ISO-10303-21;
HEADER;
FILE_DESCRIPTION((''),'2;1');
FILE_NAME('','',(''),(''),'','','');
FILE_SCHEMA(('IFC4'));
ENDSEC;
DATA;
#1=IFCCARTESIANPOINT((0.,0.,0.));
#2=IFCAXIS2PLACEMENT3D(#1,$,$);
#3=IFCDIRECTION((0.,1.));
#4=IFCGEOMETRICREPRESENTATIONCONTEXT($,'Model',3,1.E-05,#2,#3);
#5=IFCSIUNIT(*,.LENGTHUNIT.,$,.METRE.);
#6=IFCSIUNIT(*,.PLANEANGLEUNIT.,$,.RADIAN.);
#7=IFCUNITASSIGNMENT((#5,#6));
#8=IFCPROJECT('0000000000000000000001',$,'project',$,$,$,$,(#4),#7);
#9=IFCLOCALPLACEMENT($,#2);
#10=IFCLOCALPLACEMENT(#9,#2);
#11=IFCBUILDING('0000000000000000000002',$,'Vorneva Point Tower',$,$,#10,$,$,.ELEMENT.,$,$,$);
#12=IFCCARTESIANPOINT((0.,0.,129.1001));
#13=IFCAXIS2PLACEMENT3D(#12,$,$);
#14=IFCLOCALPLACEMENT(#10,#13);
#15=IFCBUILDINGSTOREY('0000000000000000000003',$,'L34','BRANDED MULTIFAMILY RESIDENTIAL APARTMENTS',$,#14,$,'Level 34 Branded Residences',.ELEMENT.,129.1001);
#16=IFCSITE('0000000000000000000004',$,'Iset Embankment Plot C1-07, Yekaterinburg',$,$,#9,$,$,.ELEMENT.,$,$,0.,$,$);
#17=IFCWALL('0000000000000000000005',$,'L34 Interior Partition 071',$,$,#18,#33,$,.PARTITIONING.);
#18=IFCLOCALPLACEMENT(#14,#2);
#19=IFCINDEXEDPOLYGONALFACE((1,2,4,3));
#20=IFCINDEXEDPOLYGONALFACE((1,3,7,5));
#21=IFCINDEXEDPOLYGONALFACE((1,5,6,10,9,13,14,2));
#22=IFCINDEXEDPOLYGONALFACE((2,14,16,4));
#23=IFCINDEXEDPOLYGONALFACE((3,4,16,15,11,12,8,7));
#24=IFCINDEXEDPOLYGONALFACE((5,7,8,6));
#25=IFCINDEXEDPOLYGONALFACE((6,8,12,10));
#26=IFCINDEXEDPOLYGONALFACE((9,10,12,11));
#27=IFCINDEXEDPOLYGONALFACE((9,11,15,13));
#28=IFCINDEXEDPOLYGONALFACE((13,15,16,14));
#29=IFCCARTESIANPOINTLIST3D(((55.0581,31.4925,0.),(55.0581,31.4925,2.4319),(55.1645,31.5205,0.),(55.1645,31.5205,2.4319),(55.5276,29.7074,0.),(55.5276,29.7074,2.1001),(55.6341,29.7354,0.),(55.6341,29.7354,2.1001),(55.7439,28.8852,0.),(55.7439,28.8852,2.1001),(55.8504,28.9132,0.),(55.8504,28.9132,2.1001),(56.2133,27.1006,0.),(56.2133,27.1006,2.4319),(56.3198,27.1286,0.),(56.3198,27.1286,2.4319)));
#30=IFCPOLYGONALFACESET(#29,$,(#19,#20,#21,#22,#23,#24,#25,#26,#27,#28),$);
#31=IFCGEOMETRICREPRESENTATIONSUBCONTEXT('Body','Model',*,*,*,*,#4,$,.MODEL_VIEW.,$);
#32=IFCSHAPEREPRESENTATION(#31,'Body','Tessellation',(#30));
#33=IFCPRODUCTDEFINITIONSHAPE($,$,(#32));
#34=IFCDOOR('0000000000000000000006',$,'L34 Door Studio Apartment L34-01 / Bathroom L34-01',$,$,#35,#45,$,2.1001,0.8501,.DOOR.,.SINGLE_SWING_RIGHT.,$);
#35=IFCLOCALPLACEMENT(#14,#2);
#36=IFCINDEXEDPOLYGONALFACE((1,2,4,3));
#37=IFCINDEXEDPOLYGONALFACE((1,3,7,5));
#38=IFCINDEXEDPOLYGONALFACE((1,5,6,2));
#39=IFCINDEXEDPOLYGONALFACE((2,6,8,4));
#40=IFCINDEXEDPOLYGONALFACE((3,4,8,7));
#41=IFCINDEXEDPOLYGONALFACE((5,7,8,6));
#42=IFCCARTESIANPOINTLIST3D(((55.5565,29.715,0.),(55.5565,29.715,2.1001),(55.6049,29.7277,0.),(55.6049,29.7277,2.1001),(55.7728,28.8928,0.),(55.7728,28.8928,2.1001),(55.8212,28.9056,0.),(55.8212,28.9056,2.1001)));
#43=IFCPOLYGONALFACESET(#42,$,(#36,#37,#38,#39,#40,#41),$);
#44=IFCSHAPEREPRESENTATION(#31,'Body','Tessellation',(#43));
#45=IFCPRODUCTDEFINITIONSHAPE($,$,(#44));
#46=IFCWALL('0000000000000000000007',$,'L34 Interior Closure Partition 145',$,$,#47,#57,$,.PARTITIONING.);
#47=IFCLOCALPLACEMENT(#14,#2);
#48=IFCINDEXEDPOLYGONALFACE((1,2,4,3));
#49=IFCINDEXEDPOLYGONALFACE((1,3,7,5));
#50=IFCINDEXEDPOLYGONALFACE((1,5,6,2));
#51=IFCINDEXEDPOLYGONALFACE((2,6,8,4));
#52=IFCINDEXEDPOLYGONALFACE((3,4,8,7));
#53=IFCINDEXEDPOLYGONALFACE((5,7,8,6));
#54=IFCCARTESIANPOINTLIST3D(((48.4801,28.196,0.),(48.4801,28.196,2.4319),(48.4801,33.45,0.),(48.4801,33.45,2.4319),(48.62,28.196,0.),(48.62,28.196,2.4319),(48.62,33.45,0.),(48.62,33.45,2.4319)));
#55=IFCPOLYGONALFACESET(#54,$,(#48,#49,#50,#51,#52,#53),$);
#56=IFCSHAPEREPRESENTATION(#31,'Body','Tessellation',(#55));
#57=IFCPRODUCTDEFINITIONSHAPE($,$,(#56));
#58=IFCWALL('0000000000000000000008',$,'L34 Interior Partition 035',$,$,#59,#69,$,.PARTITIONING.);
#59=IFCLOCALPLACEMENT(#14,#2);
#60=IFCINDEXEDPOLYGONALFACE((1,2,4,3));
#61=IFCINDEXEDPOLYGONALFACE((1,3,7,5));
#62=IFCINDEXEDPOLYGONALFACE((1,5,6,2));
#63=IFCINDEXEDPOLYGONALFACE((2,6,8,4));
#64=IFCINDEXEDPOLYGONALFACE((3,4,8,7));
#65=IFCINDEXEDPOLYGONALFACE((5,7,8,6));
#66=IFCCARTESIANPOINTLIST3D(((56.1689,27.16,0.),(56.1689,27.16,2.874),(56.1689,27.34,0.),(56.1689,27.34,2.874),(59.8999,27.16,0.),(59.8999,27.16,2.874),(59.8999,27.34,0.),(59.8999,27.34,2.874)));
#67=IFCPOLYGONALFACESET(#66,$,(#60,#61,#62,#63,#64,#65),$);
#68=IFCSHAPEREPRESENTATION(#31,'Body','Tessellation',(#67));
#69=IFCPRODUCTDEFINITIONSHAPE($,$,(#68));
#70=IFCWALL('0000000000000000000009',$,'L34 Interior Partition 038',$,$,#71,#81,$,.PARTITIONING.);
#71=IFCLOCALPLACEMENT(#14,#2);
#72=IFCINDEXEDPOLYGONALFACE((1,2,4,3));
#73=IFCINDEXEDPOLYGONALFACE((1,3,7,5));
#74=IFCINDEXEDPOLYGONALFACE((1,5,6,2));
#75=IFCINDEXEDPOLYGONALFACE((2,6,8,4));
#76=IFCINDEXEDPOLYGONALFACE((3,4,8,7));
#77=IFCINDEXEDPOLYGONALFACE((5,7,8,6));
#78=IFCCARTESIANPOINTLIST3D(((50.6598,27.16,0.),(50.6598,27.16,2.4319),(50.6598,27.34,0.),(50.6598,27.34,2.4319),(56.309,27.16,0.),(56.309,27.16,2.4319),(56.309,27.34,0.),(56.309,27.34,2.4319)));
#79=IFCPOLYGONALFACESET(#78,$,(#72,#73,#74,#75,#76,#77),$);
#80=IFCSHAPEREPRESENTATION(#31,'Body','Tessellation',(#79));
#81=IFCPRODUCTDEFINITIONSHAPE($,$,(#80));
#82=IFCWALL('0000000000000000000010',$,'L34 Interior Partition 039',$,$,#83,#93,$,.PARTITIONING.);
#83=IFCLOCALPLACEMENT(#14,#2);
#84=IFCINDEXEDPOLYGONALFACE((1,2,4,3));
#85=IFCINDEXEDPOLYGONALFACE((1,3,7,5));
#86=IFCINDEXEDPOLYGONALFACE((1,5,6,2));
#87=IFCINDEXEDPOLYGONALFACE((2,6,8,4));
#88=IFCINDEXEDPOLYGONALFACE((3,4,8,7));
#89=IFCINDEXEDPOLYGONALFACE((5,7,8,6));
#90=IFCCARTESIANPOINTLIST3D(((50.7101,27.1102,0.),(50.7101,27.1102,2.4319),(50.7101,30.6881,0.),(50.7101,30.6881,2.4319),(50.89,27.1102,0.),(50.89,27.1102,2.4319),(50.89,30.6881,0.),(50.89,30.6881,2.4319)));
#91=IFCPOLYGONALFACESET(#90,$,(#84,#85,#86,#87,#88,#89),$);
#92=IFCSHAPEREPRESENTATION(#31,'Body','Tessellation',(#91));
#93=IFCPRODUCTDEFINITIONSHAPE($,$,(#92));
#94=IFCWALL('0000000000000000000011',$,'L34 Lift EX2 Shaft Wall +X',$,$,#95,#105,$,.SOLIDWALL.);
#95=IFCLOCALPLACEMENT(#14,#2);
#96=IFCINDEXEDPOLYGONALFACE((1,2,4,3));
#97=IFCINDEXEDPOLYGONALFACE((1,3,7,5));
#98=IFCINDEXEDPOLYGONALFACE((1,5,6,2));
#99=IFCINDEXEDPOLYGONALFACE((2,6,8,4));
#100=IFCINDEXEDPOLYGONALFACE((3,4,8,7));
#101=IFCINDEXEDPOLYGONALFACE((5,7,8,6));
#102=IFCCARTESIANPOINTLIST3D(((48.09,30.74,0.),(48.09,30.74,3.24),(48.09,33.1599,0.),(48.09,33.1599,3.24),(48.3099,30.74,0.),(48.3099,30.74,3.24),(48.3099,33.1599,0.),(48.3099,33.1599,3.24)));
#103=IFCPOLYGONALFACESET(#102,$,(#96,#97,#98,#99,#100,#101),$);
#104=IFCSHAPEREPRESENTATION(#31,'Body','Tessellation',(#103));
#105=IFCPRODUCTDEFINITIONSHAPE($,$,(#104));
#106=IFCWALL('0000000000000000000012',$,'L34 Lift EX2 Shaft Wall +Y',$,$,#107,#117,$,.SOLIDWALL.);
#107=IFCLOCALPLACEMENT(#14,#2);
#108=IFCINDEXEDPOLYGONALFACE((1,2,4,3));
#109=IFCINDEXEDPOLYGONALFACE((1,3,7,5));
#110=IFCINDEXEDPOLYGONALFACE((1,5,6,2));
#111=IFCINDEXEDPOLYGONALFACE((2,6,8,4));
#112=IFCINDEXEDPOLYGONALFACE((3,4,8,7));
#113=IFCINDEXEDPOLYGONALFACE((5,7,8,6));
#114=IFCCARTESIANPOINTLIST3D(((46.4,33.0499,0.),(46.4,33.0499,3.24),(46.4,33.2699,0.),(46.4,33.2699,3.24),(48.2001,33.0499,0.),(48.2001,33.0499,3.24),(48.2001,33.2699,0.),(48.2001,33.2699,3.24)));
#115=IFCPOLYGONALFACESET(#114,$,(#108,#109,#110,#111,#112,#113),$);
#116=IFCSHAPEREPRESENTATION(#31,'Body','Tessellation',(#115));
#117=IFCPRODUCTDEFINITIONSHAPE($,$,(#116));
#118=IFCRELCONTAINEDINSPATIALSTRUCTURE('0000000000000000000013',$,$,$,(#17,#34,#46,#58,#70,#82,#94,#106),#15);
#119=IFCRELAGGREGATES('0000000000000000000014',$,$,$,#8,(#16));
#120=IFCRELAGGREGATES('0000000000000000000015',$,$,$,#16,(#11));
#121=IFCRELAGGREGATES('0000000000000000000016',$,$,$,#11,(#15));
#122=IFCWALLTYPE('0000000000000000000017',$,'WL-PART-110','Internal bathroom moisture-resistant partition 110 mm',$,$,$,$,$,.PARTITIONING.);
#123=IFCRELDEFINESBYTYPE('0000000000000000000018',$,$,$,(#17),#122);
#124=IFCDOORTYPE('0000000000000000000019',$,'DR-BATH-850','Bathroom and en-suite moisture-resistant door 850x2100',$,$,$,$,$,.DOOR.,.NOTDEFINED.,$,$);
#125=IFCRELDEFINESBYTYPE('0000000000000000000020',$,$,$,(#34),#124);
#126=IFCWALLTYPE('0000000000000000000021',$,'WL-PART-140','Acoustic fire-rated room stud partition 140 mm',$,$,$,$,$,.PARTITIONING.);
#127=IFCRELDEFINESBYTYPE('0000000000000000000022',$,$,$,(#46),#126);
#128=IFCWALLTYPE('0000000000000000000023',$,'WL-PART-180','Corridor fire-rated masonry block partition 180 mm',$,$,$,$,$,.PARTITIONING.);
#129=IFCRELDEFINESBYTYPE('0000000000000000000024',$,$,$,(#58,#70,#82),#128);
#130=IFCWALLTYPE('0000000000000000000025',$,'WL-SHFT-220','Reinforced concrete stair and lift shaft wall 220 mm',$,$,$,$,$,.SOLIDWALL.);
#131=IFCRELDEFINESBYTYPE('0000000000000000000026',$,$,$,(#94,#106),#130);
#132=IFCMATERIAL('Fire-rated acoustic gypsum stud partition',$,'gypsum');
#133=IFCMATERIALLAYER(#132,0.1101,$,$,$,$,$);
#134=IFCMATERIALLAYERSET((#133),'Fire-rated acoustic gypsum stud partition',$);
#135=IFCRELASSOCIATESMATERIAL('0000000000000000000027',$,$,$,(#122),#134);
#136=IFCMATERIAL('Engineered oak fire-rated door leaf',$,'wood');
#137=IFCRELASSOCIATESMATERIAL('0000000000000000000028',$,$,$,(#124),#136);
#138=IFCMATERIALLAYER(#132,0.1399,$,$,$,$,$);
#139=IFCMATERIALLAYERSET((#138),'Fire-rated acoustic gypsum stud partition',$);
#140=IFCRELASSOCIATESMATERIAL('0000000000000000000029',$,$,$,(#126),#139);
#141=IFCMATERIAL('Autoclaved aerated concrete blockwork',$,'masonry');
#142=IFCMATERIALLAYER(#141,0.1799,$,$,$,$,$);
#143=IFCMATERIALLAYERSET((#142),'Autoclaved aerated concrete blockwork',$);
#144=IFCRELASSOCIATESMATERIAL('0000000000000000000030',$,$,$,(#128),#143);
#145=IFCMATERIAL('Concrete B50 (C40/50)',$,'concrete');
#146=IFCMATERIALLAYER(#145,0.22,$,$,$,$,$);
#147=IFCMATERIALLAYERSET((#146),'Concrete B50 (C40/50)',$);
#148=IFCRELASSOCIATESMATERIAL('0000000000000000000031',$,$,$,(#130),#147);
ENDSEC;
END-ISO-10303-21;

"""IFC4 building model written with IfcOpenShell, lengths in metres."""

from ifc_helpers import new_model, si_unit, direction, frame, frame_2d, origin, place, context, subcontext, project, spatial, rectangle, extrude, material, layer, layer_set, type_object, element, fill, save


model = new_model("IFC4")

# Units and contexts
model_context = context("Model", 3, precision=1e-05, world=origin(), true_north=direction((0.0, 1.0)))
body_context = subcontext(model_context, "Body", "Model", "MODEL_VIEW")
ifc_project = project(units=[si_unit("LENGTHUNIT", "METRE"), si_unit("PLANEANGLEUNIT", "RADIAN")], contexts=[model_context])

# Site, building, storey
site_placement = place(None, origin())
site = spatial("IfcSite", under=ifc_project, at=site_placement, Name="Iset Embankment Plot C1-07, Yekaterinburg", CompositionType="ELEMENT", RefElevation=0.0)
building_placement = place(site_placement, origin())
building = spatial("IfcBuilding", under=site, at=building_placement, Name="Vorneva Point Tower", CompositionType="ELEMENT")
storey_placement = place(building_placement, frame((0.0, 0.0, 129.1001)))
storey = spatial("IfcBuildingStorey", under=building, at=storey_placement, Name="L34", Description="BRANDED MULTIFAMILY RESIDENTIAL APARTMENTS", LongName="Level 34 Branded Residences", CompositionType="ELEMENT", Elevation=129.1001)

# Shared definitions
ifc_material_1 = material(Name="Fire-rated acoustic gypsum stud partition", Category="gypsum")
ifc_layer_1 = layer(ifc_material_1, 0.1101)
ifc_layer_set_1 = layer_set([ifc_layer_1], Name="Fire-rated acoustic gypsum stud partition")
wall_type_1 = type_object("IfcWallType", Name="WL-PART-110", Description="Internal bathroom moisture-resistant partition 110 mm", PredefinedType="PARTITIONING", material=ifc_layer_set_1)

# Wall, opening, door
wall_1_placement = place(storey_placement, frame((55.1113, 31.5063, 0.0), z_axis=(0.0, 0.0, 1.0), x_axis=(0.254395, -0.9671, 0.0)))
wall_1 = element("IfcWall", 1, at=wall_1_placement, inside=storey, type_object=wall_type_1, Name="L34 Interior Partition 071", PredefinedType="PARTITIONING", context=body_context, shape_type="SweptSolid", body=[
    extrude(rectangle(XDim=4.5413, YDim=0.1101, at=frame_2d((2.2705, 0.0))), origin(), (0.0, 0.0, 1.0), 2.4319),
])
opening_1_placement = place(wall_1_placement, frame((1.8457, 0.0, 0.0)))
opening_1 = element("IfcOpeningElement", 2, at=opening_1_placement, cuts=wall_1, PredefinedType="OPENING", context=body_context, shape_type="SweptSolid", body=[
    extrude(rectangle(XDim=0.8501, YDim=2.1001, at=frame_2d((0.425, 1.05))), frame((0.0, 0.0698, 0.0), z_axis=(0.0, -1.0, 0.0), x_axis=(1.0, 0.0, 0.0)), (0.0, 0.0, 1.0), 0.1399),
])
ifc_material_2 = material(Name="Engineered oak fire-rated door leaf", Category="wood")
door_type_1 = type_object("IfcDoorType", Name="DR-BATH-850", Description="Bathroom and en-suite moisture-resistant door 850x2100", OperationType="NOTDEFINED", PredefinedType="DOOR", material=ifc_material_2)
door_1_placement = place(opening_1_placement, origin())
door_1 = element("IfcDoor", 3, at=door_1_placement, inside=storey, type_object=door_type_1, Name="L34 Door Studio Apartment L34-01 / Bathroom L34-01", OperationType="SINGLE_SWING_RIGHT", OverallHeight=2.1001, OverallWidth=0.8501, PredefinedType="DOOR", context=body_context, shape_type="SweptSolid", body=[
    extrude(rectangle(XDim=0.8501, YDim=2.1001, at=frame_2d((0.425, 1.05))), frame((0.0, 0.0249, 0.0), z_axis=(0.0, -1.0, 0.0), x_axis=(1.0, 0.0, 0.0)), (0.0, 0.0, 1.0), 0.05),
])
fill(opening_1, door_1)

# Walls
ifc_layer_2 = layer(ifc_material_1, 0.1399)
ifc_layer_set_2 = layer_set([ifc_layer_2], Name="Fire-rated acoustic gypsum stud partition")
wall_type_2 = type_object("IfcWallType", Name="WL-PART-140", Description="Acoustic fire-rated room stud partition 140 mm", PredefinedType="PARTITIONING", material=ifc_layer_set_2)
wall_2_placement = place(storey_placement, frame((48.55, 28.196, 0.0), z_axis=(0.0, 0.0, 1.0), x_axis=(0.0, 1.0, 0.0)))
element("IfcWall", 4, at=wall_2_placement, inside=storey, type_object=wall_type_2, Name="L34 Interior Closure Partition 145", PredefinedType="PARTITIONING", context=body_context, shape_type="SweptSolid", body=[
    extrude(rectangle(XDim=5.2539, YDim=0.1399, at=frame_2d((2.627, 0.0))), origin(), (0.0, 0.0, 1.0), 2.4319),
])
ifc_material_3 = material(Name="Autoclaved aerated concrete blockwork", Category="masonry")
ifc_layer_3 = layer(ifc_material_3, 0.1799)
ifc_layer_set_3 = layer_set([ifc_layer_3], Name="Autoclaved aerated concrete blockwork")
wall_type_3 = type_object("IfcWallType", Name="WL-PART-180", Description="Corridor fire-rated masonry block partition 180 mm", PredefinedType="PARTITIONING", material=ifc_layer_set_3)
wall_3_placement = place(storey_placement, frame((59.8999, 27.25, 0.0), z_axis=(0.0, 0.0, 1.0), x_axis=(-1.0, 0.0, 0.0)))
element("IfcWall", 5, at=wall_3_placement, inside=storey, type_object=wall_type_3, Name="L34 Interior Partition 035", PredefinedType="PARTITIONING", context=body_context, shape_type="SweptSolid", body=[
    extrude(rectangle(XDim=3.731, YDim=0.1799, at=frame_2d((1.8655, 0.0))), origin(), (0.0, 0.0, 1.0), 2.874),
])

# Walls
wall_4_placement = place(storey_placement, frame((56.3091, 27.25, 0.0), z_axis=(0.0, 0.0, 1.0), x_axis=(-1.0, 0.0, 0.0)))
element("IfcWall", 6, at=wall_4_placement, inside=storey, type_object=wall_type_3, Name="L34 Interior Partition 038", PredefinedType="PARTITIONING", context=body_context, shape_type="SweptSolid", body=[
    extrude(rectangle(XDim=5.6492, YDim=0.1799, at=frame_2d((2.8247, 0.0))), origin(), (0.0, 0.0, 1.0), 2.4319),
])
wall_5_placement = place(storey_placement, frame((50.8, 27.1101, 0.0), z_axis=(0.0, 0.0, 1.0), x_axis=(0.0, 1.0, 0.0)))
element("IfcWall", 7, at=wall_5_placement, inside=storey, type_object=wall_type_3, Name="L34 Interior Partition 039", PredefinedType="PARTITIONING", context=body_context, shape_type="SweptSolid", body=[
    extrude(rectangle(XDim=3.5779, YDim=0.1799, at=frame_2d((1.7891, 0.0))), origin(), (0.0, 0.0, 1.0), 2.4319),
])
ifc_material_4 = material(Name="Concrete B50 (C40/50)", Category="concrete")
ifc_layer_4 = layer(ifc_material_4, 0.22)
ifc_layer_set_4 = layer_set([ifc_layer_4], Name="Concrete B50 (C40/50)")
wall_type_4 = type_object("IfcWallType", Name="WL-SHFT-220", Description="Reinforced concrete stair and lift shaft wall 220 mm", PredefinedType="SOLIDWALL", material=ifc_layer_set_4)
wall_6_placement = place(storey_placement, frame((48.2, 30.74, 0.0), z_axis=(0.0, 0.0, 1.0), x_axis=(0.0, 1.0, 0.0)))
element("IfcWall", 8, at=wall_6_placement, inside=storey, type_object=wall_type_4, Name="L34 Lift EX2 Shaft Wall +X", PredefinedType="SOLIDWALL", context=body_context, shape_type="SweptSolid", body=[
    extrude(rectangle(XDim=2.4199, YDim=0.22, at=frame_2d((1.21, 0.0))), origin(), (0.0, 0.0, 1.0), 3.24),
])
wall_7_placement = place(storey_placement, frame((48.2, 33.1599, 0.0), z_axis=(0.0, 0.0, 1.0), x_axis=(-1.0, 0.0, 0.0)))
element("IfcWall", 9, at=wall_7_placement, inside=storey, type_object=wall_type_4, Name="L34 Lift EX2 Shaft Wall +Y", PredefinedType="SOLIDWALL", context=body_context, shape_type="SweptSolid", body=[
    extrude(rectangle(XDim=1.8, YDim=0.22, at=frame_2d((0.8999, 0.0))), origin(), (0.0, 0.0, 1.0), 3.24),
])

save(model, "model.ifc")
